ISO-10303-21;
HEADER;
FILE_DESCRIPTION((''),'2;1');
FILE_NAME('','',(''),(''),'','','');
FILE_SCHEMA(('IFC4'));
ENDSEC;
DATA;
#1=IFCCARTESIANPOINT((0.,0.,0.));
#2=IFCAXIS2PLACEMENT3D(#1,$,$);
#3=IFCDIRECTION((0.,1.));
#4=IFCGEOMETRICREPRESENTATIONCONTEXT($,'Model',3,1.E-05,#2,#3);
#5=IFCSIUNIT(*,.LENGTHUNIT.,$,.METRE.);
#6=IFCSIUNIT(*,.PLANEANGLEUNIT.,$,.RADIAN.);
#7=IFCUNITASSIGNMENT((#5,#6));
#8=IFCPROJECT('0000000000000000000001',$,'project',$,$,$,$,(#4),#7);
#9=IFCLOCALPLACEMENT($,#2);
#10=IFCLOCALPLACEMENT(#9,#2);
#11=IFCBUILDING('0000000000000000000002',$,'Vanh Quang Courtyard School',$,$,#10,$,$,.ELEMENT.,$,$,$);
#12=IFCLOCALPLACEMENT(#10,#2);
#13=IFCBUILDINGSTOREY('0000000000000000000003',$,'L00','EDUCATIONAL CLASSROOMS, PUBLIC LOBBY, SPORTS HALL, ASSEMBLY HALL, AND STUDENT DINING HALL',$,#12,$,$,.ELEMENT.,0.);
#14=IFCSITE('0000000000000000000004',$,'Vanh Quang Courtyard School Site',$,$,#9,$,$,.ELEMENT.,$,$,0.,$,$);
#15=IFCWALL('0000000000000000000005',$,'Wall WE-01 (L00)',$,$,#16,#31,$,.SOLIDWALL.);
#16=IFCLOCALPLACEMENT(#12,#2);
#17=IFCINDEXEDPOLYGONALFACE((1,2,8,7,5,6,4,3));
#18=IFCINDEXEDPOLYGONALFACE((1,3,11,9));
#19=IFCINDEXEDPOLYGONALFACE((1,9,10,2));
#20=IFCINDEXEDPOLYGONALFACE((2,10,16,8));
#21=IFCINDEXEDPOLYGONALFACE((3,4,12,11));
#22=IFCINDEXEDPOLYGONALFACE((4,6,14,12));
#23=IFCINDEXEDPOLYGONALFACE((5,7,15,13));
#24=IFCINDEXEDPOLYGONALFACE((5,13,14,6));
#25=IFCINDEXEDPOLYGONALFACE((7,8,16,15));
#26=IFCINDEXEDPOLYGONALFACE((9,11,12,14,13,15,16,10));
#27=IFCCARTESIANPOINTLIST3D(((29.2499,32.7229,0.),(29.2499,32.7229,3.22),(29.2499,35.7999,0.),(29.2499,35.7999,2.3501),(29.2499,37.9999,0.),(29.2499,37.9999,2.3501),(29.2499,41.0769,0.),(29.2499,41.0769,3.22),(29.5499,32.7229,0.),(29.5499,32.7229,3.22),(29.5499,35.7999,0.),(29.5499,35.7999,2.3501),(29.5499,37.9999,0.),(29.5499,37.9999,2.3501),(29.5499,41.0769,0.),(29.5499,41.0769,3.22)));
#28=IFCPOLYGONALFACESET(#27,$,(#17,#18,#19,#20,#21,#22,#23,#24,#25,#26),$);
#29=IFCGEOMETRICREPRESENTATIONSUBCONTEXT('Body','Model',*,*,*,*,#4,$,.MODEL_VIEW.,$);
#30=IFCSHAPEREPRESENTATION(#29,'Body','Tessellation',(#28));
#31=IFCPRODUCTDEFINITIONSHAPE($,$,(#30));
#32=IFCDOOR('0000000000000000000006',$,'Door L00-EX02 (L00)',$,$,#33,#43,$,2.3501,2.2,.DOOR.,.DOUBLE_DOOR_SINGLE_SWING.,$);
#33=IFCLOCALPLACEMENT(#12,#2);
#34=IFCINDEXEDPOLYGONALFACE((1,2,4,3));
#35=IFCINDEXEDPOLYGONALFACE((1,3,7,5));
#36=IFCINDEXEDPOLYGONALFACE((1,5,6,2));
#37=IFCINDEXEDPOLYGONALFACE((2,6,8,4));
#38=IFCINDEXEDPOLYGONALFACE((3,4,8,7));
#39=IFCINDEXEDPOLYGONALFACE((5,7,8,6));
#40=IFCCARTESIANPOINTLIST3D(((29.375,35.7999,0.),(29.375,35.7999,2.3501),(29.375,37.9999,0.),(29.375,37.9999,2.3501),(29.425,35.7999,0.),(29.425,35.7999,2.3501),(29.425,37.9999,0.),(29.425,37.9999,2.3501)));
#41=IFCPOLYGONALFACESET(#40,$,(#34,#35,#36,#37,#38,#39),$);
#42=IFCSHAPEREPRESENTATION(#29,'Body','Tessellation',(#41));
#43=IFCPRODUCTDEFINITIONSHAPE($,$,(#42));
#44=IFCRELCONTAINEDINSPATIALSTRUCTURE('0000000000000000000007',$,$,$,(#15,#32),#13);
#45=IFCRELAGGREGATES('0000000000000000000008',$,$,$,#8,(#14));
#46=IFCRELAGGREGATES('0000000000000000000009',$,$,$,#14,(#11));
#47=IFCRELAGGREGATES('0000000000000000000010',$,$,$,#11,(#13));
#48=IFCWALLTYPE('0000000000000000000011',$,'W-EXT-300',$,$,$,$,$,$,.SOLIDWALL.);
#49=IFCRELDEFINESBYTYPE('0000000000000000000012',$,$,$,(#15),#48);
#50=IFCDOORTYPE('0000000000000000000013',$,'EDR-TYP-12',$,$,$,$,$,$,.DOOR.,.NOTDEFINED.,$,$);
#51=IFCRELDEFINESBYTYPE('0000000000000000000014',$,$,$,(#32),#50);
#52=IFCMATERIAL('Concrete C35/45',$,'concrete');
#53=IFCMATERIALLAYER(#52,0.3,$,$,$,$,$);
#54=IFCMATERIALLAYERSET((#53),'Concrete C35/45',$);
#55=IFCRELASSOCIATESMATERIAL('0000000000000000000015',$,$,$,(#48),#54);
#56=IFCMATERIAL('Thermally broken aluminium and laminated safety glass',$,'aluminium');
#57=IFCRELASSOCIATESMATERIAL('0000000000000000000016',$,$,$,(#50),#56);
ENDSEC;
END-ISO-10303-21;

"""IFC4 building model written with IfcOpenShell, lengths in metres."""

from ifc_helpers import new_model, si_unit, direction, frame, frame_2d, origin, place, context, subcontext, project, spatial, rectangle, extrude, material, layer, layer_set, type_object, element, fill, save


model = new_model("IFC4")

# Units and contexts
model_context = context("Model", 3, precision=1e-05, world=origin(), true_north=direction((0.0, 1.0)))
body_context = subcontext(model_context, "Body", "Model", "MODEL_VIEW")
ifc_project = project(units=[si_unit("LENGTHUNIT", "METRE"), si_unit("PLANEANGLEUNIT", "RADIAN")], contexts=[model_context])

# Site, building, storey
site_placement = place(None, origin())
site = spatial("IfcSite", under=ifc_project, at=site_placement, Name="Vanh Quang Courtyard School Site", CompositionType="ELEMENT", RefElevation=0.0)
building_placement = place(site_placement, origin())
building = spatial("IfcBuilding", under=site, at=building_placement, Name="Vanh Quang Courtyard School", CompositionType="ELEMENT")
storey_placement = place(building_placement, origin())
storey = spatial("IfcBuildingStorey", under=building, at=storey_placement, Name="L00", Description="EDUCATIONAL CLASSROOMS, PUBLIC LOBBY, SPORTS HALL, ASSEMBLY HALL, AND STUDENT DINING HALL", CompositionType="ELEMENT", Elevation=0.0)

# Shared definitions
ifc_material_1 = material(Name="Concrete C35/45", Category="concrete")

# Shared definitions
ifc_layer_1 = layer(ifc_material_1, 0.3)
ifc_layer_set_1 = layer_set([ifc_layer_1], Name="Concrete C35/45")
wall_type = type_object("IfcWallType", Name="W-EXT-300", PredefinedType="SOLIDWALL", material=ifc_layer_set_1)
ifc_material_2 = material(Name="Thermally broken aluminium and laminated safety glass", Category="aluminium")

# Wall, opening, door
wall_1_placement = place(storey_placement, frame((29.3999, 32.7229, 0.0), z_axis=(0.0, 0.0, 1.0), x_axis=(0.0, 1.0, 0.0)))
wall_1 = element("IfcWall", 1, at=wall_1_placement, inside=storey, type_object=wall_type, Name="Wall WE-01 (L00)", PredefinedType="SOLIDWALL", context=body_context, shape_type="SweptSolid", body=[
    extrude(rectangle(XDim=8.354, YDim=0.3, at=frame_2d((4.177, 0.0))), origin(), (0.0, 0.0, 1.0), 3.22),
])
opening_1_placement = place(wall_1_placement, frame((3.0769, 0.0, 0.0)))
opening_1 = element("IfcOpeningElement", 2, at=opening_1_placement, cuts=wall_1, PredefinedType="OPENING", context=body_context, shape_type="SweptSolid", body=[
    extrude(rectangle(XDim=2.2, YDim=2.3501, at=frame_2d((1.1001, 1.175))), frame((0.0, 0.1602, 0.0), z_axis=(0.0, -1.0, 0.0), x_axis=(1.0, 0.0, 0.0)), (0.0, 0.0, 1.0), 0.3201),
])
door_type_1 = type_object("IfcDoorType", Name="EDR-TYP-12", OperationType="NOTDEFINED", PredefinedType="DOOR", material=ifc_material_2)
door_1_placement = place(opening_1_placement, origin())
door_1 = element("IfcDoor", 3, at=door_1_placement, inside=storey, type_object=door_type_1, Name="Door L00-EX02 (L00)", OperationType="DOUBLE_DOOR_SINGLE_SWING", OverallHeight=2.3501, OverallWidth=2.2, PredefinedType="DOOR", context=body_context, shape_type="SweptSolid", body=[
    extrude(rectangle(XDim=2.2, YDim=2.3501, at=frame_2d((1.1001, 1.175))), frame((0.0, 0.0249, 0.0), z_axis=(0.0, -1.0, 0.0), x_axis=(1.0, 0.0, 0.0)), (0.0, 0.0, 1.0), 0.05),
])
fill(opening_1, door_1)

save(model, "model.ifc")
